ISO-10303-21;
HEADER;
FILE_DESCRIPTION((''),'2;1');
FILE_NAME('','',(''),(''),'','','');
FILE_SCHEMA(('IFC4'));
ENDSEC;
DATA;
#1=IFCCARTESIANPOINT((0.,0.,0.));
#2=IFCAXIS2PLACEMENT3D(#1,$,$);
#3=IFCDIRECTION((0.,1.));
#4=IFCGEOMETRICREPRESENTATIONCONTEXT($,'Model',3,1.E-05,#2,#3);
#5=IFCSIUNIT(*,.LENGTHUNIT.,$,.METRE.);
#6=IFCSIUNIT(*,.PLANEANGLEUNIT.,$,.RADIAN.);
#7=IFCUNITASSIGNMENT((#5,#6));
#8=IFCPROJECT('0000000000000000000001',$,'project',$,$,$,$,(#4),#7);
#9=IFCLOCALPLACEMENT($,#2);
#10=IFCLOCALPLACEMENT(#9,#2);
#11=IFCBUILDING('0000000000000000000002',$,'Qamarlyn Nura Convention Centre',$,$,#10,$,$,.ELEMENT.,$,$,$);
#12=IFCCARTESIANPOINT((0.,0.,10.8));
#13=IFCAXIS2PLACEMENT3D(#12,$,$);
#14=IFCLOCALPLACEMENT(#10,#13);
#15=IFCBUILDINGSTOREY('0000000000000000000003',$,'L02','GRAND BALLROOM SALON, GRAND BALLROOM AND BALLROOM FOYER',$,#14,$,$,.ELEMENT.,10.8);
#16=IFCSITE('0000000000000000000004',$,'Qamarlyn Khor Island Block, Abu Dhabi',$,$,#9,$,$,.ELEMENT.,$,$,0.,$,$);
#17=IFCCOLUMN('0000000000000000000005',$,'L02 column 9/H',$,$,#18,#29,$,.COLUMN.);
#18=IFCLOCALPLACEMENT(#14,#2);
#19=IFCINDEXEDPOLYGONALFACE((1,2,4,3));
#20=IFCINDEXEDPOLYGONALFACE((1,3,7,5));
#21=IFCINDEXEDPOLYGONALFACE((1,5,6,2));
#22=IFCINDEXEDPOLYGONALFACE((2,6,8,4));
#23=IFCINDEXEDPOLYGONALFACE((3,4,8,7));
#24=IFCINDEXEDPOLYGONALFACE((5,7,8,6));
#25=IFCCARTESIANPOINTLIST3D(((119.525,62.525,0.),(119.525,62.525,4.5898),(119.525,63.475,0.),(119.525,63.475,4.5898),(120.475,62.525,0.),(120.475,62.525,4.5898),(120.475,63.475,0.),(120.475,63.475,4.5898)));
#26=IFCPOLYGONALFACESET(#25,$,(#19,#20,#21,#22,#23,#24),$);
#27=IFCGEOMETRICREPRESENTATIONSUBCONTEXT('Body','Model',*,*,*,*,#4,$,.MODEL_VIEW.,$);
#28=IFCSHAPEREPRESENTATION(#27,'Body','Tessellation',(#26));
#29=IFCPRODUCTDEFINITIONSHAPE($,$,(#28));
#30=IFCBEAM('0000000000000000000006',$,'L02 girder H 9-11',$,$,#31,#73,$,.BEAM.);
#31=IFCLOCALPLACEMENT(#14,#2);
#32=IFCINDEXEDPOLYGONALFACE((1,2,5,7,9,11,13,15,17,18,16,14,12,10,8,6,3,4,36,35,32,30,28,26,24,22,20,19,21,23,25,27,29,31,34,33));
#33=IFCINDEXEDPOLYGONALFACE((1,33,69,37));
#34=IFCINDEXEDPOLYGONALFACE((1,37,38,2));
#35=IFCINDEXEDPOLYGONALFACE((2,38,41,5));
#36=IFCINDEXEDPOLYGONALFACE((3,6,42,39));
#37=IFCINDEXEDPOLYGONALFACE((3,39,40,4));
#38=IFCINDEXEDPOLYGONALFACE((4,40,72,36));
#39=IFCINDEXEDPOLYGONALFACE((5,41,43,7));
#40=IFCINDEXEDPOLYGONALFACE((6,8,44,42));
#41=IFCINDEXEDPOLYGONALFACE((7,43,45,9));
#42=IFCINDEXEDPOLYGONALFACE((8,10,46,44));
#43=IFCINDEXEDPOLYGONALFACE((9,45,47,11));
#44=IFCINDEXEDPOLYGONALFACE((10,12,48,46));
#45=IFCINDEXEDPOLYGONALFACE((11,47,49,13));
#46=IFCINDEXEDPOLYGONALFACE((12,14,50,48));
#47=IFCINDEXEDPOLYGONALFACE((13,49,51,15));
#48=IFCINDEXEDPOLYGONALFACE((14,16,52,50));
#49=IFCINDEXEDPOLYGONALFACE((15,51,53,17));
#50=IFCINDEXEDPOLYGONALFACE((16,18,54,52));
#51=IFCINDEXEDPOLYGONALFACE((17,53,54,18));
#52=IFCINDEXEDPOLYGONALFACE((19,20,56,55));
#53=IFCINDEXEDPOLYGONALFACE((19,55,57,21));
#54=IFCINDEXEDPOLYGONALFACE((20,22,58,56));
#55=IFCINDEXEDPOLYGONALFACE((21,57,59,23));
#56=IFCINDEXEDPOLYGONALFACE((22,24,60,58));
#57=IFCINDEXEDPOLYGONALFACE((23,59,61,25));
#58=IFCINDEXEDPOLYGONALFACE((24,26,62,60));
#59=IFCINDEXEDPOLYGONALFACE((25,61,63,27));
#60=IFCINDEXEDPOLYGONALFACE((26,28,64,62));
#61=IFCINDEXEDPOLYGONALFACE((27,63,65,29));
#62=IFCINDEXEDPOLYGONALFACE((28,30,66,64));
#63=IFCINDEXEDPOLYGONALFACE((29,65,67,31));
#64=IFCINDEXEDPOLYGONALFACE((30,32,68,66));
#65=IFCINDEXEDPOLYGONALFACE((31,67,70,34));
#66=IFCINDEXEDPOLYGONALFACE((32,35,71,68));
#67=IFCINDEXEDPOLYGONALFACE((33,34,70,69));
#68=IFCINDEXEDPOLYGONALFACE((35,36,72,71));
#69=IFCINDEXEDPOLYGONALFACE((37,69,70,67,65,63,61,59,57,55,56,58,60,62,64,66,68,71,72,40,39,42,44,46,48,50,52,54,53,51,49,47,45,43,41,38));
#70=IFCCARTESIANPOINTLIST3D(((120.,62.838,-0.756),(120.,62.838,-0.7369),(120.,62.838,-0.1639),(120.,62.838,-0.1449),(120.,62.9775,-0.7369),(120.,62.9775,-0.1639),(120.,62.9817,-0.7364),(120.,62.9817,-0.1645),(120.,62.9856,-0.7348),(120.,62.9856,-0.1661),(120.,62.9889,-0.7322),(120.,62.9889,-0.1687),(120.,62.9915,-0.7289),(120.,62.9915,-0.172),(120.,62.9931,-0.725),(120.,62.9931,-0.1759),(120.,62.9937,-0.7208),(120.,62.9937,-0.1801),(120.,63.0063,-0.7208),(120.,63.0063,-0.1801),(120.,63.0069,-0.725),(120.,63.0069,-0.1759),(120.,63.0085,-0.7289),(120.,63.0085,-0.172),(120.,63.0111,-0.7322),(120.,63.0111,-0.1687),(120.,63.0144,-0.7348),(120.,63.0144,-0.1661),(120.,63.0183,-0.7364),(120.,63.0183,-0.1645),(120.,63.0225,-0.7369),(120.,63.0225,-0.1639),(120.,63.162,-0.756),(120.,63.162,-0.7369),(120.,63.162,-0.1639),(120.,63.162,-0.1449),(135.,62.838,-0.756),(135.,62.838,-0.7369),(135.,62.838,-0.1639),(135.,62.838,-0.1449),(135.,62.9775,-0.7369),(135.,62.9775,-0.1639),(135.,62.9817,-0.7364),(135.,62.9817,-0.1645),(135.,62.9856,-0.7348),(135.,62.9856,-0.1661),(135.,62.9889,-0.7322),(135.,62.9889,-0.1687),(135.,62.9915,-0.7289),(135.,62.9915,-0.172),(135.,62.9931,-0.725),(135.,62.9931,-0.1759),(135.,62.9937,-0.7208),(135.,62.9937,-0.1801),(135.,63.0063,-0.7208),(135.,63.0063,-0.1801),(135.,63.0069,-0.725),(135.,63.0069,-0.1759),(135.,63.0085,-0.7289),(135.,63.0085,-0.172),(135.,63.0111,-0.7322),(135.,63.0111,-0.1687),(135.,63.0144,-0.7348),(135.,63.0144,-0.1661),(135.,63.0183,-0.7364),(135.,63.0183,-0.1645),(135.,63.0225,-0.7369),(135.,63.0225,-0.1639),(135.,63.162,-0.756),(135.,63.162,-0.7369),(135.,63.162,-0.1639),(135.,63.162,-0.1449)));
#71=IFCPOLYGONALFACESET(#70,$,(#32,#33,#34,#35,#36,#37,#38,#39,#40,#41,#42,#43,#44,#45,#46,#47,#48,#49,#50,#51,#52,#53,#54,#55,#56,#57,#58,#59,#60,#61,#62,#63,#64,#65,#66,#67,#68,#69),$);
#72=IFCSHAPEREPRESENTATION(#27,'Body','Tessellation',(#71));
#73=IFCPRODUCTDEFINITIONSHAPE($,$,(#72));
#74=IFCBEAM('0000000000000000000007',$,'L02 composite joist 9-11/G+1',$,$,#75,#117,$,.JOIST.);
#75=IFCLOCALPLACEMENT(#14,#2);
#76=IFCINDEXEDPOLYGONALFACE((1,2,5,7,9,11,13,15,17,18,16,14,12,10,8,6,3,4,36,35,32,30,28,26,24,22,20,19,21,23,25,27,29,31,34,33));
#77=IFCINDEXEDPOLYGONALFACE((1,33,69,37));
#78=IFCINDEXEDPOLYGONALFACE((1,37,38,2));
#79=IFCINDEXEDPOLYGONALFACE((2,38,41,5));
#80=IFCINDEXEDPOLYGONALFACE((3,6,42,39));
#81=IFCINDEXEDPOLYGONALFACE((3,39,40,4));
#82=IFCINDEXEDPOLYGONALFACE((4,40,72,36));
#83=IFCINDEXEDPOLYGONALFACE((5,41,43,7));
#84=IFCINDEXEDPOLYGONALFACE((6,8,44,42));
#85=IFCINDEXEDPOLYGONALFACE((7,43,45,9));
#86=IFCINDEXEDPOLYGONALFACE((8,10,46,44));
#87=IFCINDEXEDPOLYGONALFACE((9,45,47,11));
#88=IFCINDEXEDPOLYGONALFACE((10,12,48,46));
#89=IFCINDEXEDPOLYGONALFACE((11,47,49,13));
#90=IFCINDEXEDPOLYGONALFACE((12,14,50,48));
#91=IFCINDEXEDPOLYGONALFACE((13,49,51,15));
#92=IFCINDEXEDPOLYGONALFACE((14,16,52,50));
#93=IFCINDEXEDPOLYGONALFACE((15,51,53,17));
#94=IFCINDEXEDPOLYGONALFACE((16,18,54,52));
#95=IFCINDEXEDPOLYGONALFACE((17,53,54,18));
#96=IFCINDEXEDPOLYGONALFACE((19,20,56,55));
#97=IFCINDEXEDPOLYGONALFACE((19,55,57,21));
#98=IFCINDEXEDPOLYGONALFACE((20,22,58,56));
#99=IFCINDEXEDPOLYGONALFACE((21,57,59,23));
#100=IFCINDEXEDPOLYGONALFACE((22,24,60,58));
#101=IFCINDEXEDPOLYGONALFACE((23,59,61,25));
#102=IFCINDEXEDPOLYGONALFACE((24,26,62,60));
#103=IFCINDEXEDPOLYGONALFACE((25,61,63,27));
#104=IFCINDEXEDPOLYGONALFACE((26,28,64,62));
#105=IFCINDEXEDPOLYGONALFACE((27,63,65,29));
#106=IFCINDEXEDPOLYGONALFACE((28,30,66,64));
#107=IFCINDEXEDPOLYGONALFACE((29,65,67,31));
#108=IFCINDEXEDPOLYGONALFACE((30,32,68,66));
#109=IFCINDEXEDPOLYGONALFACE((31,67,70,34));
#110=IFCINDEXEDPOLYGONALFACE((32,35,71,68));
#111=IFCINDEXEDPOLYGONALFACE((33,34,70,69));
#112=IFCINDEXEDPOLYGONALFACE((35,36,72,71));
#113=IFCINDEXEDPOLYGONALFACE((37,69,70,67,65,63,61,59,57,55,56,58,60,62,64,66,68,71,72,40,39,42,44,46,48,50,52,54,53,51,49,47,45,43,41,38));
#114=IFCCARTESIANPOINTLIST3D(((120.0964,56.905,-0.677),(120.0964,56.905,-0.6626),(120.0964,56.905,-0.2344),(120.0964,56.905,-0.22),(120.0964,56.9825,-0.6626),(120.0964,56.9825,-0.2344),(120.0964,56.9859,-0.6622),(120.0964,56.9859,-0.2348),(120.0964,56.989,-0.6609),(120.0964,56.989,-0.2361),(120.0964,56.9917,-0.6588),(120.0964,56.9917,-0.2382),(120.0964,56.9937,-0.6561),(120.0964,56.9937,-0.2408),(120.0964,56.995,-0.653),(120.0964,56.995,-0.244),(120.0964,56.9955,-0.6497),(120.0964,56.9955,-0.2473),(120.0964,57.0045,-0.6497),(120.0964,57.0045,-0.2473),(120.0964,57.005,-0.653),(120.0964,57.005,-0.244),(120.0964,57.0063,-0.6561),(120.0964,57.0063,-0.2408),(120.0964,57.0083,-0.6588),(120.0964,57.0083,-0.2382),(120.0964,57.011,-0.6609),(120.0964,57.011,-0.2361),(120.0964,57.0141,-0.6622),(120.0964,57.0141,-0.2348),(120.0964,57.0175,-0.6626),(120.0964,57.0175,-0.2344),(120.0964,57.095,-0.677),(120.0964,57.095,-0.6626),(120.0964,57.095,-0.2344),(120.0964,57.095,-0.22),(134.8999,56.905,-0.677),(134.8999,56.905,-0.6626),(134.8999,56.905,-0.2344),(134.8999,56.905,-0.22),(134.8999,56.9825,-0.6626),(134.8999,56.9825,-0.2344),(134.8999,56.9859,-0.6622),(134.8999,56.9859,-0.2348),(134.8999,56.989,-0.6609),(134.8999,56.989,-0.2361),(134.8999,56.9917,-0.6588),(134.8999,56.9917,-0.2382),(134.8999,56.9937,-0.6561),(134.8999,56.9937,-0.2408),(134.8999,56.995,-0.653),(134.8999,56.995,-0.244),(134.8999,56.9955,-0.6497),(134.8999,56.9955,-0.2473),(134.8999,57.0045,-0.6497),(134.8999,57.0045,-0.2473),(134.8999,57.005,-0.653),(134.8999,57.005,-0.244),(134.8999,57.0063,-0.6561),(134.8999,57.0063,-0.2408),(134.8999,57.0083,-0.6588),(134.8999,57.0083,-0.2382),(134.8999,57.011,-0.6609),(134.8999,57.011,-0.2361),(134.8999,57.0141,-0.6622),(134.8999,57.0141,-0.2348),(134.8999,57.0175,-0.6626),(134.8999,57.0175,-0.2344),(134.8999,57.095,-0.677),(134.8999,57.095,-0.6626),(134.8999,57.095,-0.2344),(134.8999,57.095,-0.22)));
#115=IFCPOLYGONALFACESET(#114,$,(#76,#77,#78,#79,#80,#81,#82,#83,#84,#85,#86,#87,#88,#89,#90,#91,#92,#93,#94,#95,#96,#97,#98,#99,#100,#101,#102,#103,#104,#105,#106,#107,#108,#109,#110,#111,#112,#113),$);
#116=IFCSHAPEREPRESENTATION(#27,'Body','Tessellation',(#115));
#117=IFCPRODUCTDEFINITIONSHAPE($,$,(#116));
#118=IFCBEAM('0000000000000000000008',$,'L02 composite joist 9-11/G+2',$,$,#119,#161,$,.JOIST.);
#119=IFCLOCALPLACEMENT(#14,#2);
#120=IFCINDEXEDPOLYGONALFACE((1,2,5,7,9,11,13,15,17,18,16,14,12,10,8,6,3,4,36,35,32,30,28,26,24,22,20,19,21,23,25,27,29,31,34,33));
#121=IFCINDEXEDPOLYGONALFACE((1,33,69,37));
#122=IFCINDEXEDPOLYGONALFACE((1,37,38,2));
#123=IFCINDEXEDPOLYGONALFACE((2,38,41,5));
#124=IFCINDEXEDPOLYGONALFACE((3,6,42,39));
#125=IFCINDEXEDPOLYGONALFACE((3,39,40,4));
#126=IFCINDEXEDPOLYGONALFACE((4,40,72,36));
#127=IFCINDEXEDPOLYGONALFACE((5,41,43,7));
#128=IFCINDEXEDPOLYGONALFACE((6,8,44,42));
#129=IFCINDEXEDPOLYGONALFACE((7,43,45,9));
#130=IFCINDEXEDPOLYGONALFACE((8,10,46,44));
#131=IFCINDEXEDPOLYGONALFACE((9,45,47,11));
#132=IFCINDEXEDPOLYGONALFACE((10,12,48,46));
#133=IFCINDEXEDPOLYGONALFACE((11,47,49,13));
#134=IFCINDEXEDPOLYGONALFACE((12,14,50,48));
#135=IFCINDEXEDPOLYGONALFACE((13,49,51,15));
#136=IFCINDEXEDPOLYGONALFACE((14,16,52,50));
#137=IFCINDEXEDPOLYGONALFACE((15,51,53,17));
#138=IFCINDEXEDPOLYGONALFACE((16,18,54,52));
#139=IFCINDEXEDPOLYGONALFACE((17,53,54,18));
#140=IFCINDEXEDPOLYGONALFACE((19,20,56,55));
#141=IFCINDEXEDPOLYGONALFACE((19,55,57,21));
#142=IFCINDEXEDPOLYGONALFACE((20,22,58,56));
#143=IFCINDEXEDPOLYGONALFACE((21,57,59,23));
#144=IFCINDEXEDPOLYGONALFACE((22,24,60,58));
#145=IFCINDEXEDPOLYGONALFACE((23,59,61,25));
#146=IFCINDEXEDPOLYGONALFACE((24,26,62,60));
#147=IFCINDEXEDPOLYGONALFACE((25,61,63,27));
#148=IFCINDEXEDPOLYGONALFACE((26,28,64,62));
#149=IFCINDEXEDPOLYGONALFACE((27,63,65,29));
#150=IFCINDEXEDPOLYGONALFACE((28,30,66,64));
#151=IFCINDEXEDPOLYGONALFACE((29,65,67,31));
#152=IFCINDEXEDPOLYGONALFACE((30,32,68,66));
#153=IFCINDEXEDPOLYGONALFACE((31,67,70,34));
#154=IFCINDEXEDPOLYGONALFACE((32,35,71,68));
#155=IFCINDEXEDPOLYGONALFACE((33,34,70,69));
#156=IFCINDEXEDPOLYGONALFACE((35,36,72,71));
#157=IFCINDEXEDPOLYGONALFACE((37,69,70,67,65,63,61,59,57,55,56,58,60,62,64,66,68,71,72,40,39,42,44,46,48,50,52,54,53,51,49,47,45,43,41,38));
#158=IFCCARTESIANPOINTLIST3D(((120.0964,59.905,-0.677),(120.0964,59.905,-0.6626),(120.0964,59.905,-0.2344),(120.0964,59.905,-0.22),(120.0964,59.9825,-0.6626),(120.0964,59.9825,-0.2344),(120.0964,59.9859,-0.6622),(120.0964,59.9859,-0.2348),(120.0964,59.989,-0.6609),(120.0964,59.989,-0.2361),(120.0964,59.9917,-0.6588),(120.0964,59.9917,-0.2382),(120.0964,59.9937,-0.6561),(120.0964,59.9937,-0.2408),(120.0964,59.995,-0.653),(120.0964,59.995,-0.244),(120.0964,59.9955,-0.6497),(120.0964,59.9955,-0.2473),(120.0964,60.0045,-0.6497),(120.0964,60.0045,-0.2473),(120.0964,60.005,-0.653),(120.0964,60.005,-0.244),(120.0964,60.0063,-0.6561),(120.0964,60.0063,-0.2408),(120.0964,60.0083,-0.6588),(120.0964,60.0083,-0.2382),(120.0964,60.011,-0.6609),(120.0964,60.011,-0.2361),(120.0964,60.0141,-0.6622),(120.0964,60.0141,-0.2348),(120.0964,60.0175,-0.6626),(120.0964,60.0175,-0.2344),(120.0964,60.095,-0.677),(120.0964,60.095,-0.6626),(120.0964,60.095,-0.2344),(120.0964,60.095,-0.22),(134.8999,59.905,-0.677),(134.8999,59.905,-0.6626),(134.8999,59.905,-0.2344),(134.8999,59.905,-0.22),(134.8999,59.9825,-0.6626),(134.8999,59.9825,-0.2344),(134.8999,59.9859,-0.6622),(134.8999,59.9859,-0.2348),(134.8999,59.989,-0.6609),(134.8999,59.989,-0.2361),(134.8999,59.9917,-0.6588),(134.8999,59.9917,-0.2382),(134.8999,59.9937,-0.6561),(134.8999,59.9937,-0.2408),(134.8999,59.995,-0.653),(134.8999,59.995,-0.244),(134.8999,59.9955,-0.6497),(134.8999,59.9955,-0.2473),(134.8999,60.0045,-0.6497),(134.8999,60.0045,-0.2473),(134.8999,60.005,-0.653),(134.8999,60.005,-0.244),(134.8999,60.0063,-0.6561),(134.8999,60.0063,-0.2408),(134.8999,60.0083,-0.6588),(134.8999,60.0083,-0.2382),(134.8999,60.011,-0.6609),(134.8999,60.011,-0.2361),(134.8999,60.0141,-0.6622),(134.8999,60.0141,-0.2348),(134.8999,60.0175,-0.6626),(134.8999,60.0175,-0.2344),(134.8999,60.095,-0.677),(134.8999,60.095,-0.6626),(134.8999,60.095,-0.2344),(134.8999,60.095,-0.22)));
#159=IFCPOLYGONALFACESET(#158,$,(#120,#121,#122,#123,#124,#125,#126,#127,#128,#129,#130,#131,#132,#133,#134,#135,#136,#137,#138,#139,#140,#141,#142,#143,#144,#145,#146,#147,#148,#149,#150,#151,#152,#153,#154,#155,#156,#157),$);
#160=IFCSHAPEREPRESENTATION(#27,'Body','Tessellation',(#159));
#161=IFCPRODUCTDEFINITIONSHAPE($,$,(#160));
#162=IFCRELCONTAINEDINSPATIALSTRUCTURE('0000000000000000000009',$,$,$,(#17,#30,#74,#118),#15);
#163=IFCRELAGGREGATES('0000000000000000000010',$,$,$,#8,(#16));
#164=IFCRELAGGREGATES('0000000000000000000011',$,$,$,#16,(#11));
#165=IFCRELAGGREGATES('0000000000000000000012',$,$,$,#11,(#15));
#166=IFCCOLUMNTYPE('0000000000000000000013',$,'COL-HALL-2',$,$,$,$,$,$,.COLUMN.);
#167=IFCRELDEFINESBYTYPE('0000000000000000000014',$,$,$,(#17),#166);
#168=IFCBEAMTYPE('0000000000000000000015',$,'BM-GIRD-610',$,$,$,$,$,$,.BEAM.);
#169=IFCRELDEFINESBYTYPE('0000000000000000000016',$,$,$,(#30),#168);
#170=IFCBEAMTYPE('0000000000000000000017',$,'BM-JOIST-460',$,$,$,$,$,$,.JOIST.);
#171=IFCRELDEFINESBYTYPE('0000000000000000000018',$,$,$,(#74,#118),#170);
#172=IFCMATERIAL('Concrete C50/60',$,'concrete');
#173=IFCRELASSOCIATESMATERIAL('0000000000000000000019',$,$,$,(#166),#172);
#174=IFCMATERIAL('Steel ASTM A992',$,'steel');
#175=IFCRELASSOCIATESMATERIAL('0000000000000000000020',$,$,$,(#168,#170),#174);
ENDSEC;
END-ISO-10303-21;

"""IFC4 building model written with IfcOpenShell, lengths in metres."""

from ifc_helpers import new_model, si_unit, direction, frame, origin, origin_2d, place, context, subcontext, project, spatial, rectangle, i_section, extrude, material, material_profile, profile_set, type_object, element, save


model = new_model("IFC4")

# Units and contexts
model_context = context("Model", 3, precision=1e-05, world=origin(), true_north=direction((0.0, 1.0)))
body_context = subcontext(model_context, "Body", "Model", "MODEL_VIEW")
ifc_project = project(units=[si_unit("LENGTHUNIT", "METRE"), si_unit("PLANEANGLEUNIT", "RADIAN")], contexts=[model_context])

# Site, building, storey
site_placement = place(None, origin())
site = spatial("IfcSite", under=ifc_project, at=site_placement, Name="Qamarlyn Khor Island Block, Abu Dhabi", CompositionType="ELEMENT", RefElevation=0.0)
building_placement = place(site_placement, origin())
building = spatial("IfcBuilding", under=site, at=building_placement, Name="Qamarlyn Nura Convention Centre", CompositionType="ELEMENT")
storey_placement = place(building_placement, frame((0.0, 0.0, 10.8)))
storey = spatial("IfcBuildingStorey", under=building, at=storey_placement, Name="L02", Description="GRAND BALLROOM SALON, GRAND BALLROOM AND BALLROOM FOYER", CompositionType="ELEMENT", Elevation=10.8)

# Column
ifc_material_1 = material(Name="Concrete C50/60", Category="concrete")
ifc_material_profile_1 = material_profile(ifc_material_1, rectangle(XDim=0.95, YDim=0.95, at=origin_2d()), Name="RC 950x950")
ifc_profile_set_1 = profile_set([ifc_material_profile_1], Name="Concrete C50/60")
column_type = type_object("IfcColumnType", Name="COL-HALL-2", PredefinedType="COLUMN", material=ifc_profile_set_1)
column_placement = place(storey_placement, frame((120.0, 63.0, 0.0), z_axis=(0.0, 0.0, 1.0), x_axis=(1.0, 0.0, 0.0)))
element("IfcColumn", 1, at=column_placement, inside=storey, type_object=column_type, Name="L02 column 9/H", PredefinedType="COLUMN", context=body_context, shape_type="SweptSolid", body=[
    extrude(rectangle(XDim=0.95, YDim=0.95, at=origin_2d()), origin(), (0.0, 0.0, 1.0), 4.5898),
])

# Beams
ifc_material_2 = material(Name="Steel ASTM A992", Category="steel")
ifc_material_profile_2 = material_profile(ifc_material_2, i_section(OverallWidth=0.324, OverallDepth=0.6111, WebThickness=0.0127, FlangeThickness=0.019, FilletRadius=0.0161, at=origin_2d()), Name="W610X155")
ifc_profile_set_2 = profile_set([ifc_material_profile_2], Name="Steel ASTM A992")
beam_type_1 = type_object("IfcBeamType", Name="BM-GIRD-610", PredefinedType="BEAM", material=ifc_profile_set_2)
beam_1_placement = place(storey_placement, frame((120.0, 63.0, -0.4504), z_axis=(1.0, 0.0, 0.0), x_axis=(0.0, 1.0, 0.0)))
element("IfcBeam", 2, at=beam_1_placement, inside=storey, type_object=beam_type_1, Name="L02 girder H 9-11", PredefinedType="BEAM", context=body_context, shape_type="SweptSolid", body=[
    extrude(i_section(OverallWidth=0.324, OverallDepth=0.6111, WebThickness=0.0127, FlangeThickness=0.019, FilletRadius=0.0161, at=origin_2d()), origin(), (0.0, 0.0, 1.0), 15.0),
])
ifc_material_profile_3 = material_profile(ifc_material_2, i_section(OverallWidth=0.1899, OverallDepth=0.457, WebThickness=0.009, FlangeThickness=0.0144, FilletRadius=0.0129, at=origin_2d()), Name="W460X74")
ifc_profile_set_3 = profile_set([ifc_material_profile_3], Name="Steel ASTM A992")
beam_type_2 = type_object("IfcBeamType", Name="BM-JOIST-460", PredefinedType="JOIST", material=ifc_profile_set_3)
for number, where, z_axis, x_axis, name in (
    (3, (120.0964, 57.0, -0.4485), (1.0, 0.0, 0.0), (0.0, 1.0, 0.0), "L02 composite joist 9-11/G+1"),
    (4, (120.0964, 60.0, -0.4485), (1.0, 0.0, 0.0), (0.0, 1.0, 0.0), "L02 composite joist 9-11/G+2"),
):
    element("IfcBeam", number, at=place(storey_placement, frame(where, z_axis=z_axis, x_axis=x_axis)), inside=storey, type_object=beam_type_2, Name=name, PredefinedType="JOIST", context=body_context, shape_type="SweptSolid", body=[
        extrude(i_section(OverallWidth=0.1899, OverallDepth=0.457, WebThickness=0.009, FlangeThickness=0.0144, FilletRadius=0.0129, at=origin_2d()), origin(), (0.0, 0.0, 1.0), 14.8035),
    ])

save(model, "model.ifc")
